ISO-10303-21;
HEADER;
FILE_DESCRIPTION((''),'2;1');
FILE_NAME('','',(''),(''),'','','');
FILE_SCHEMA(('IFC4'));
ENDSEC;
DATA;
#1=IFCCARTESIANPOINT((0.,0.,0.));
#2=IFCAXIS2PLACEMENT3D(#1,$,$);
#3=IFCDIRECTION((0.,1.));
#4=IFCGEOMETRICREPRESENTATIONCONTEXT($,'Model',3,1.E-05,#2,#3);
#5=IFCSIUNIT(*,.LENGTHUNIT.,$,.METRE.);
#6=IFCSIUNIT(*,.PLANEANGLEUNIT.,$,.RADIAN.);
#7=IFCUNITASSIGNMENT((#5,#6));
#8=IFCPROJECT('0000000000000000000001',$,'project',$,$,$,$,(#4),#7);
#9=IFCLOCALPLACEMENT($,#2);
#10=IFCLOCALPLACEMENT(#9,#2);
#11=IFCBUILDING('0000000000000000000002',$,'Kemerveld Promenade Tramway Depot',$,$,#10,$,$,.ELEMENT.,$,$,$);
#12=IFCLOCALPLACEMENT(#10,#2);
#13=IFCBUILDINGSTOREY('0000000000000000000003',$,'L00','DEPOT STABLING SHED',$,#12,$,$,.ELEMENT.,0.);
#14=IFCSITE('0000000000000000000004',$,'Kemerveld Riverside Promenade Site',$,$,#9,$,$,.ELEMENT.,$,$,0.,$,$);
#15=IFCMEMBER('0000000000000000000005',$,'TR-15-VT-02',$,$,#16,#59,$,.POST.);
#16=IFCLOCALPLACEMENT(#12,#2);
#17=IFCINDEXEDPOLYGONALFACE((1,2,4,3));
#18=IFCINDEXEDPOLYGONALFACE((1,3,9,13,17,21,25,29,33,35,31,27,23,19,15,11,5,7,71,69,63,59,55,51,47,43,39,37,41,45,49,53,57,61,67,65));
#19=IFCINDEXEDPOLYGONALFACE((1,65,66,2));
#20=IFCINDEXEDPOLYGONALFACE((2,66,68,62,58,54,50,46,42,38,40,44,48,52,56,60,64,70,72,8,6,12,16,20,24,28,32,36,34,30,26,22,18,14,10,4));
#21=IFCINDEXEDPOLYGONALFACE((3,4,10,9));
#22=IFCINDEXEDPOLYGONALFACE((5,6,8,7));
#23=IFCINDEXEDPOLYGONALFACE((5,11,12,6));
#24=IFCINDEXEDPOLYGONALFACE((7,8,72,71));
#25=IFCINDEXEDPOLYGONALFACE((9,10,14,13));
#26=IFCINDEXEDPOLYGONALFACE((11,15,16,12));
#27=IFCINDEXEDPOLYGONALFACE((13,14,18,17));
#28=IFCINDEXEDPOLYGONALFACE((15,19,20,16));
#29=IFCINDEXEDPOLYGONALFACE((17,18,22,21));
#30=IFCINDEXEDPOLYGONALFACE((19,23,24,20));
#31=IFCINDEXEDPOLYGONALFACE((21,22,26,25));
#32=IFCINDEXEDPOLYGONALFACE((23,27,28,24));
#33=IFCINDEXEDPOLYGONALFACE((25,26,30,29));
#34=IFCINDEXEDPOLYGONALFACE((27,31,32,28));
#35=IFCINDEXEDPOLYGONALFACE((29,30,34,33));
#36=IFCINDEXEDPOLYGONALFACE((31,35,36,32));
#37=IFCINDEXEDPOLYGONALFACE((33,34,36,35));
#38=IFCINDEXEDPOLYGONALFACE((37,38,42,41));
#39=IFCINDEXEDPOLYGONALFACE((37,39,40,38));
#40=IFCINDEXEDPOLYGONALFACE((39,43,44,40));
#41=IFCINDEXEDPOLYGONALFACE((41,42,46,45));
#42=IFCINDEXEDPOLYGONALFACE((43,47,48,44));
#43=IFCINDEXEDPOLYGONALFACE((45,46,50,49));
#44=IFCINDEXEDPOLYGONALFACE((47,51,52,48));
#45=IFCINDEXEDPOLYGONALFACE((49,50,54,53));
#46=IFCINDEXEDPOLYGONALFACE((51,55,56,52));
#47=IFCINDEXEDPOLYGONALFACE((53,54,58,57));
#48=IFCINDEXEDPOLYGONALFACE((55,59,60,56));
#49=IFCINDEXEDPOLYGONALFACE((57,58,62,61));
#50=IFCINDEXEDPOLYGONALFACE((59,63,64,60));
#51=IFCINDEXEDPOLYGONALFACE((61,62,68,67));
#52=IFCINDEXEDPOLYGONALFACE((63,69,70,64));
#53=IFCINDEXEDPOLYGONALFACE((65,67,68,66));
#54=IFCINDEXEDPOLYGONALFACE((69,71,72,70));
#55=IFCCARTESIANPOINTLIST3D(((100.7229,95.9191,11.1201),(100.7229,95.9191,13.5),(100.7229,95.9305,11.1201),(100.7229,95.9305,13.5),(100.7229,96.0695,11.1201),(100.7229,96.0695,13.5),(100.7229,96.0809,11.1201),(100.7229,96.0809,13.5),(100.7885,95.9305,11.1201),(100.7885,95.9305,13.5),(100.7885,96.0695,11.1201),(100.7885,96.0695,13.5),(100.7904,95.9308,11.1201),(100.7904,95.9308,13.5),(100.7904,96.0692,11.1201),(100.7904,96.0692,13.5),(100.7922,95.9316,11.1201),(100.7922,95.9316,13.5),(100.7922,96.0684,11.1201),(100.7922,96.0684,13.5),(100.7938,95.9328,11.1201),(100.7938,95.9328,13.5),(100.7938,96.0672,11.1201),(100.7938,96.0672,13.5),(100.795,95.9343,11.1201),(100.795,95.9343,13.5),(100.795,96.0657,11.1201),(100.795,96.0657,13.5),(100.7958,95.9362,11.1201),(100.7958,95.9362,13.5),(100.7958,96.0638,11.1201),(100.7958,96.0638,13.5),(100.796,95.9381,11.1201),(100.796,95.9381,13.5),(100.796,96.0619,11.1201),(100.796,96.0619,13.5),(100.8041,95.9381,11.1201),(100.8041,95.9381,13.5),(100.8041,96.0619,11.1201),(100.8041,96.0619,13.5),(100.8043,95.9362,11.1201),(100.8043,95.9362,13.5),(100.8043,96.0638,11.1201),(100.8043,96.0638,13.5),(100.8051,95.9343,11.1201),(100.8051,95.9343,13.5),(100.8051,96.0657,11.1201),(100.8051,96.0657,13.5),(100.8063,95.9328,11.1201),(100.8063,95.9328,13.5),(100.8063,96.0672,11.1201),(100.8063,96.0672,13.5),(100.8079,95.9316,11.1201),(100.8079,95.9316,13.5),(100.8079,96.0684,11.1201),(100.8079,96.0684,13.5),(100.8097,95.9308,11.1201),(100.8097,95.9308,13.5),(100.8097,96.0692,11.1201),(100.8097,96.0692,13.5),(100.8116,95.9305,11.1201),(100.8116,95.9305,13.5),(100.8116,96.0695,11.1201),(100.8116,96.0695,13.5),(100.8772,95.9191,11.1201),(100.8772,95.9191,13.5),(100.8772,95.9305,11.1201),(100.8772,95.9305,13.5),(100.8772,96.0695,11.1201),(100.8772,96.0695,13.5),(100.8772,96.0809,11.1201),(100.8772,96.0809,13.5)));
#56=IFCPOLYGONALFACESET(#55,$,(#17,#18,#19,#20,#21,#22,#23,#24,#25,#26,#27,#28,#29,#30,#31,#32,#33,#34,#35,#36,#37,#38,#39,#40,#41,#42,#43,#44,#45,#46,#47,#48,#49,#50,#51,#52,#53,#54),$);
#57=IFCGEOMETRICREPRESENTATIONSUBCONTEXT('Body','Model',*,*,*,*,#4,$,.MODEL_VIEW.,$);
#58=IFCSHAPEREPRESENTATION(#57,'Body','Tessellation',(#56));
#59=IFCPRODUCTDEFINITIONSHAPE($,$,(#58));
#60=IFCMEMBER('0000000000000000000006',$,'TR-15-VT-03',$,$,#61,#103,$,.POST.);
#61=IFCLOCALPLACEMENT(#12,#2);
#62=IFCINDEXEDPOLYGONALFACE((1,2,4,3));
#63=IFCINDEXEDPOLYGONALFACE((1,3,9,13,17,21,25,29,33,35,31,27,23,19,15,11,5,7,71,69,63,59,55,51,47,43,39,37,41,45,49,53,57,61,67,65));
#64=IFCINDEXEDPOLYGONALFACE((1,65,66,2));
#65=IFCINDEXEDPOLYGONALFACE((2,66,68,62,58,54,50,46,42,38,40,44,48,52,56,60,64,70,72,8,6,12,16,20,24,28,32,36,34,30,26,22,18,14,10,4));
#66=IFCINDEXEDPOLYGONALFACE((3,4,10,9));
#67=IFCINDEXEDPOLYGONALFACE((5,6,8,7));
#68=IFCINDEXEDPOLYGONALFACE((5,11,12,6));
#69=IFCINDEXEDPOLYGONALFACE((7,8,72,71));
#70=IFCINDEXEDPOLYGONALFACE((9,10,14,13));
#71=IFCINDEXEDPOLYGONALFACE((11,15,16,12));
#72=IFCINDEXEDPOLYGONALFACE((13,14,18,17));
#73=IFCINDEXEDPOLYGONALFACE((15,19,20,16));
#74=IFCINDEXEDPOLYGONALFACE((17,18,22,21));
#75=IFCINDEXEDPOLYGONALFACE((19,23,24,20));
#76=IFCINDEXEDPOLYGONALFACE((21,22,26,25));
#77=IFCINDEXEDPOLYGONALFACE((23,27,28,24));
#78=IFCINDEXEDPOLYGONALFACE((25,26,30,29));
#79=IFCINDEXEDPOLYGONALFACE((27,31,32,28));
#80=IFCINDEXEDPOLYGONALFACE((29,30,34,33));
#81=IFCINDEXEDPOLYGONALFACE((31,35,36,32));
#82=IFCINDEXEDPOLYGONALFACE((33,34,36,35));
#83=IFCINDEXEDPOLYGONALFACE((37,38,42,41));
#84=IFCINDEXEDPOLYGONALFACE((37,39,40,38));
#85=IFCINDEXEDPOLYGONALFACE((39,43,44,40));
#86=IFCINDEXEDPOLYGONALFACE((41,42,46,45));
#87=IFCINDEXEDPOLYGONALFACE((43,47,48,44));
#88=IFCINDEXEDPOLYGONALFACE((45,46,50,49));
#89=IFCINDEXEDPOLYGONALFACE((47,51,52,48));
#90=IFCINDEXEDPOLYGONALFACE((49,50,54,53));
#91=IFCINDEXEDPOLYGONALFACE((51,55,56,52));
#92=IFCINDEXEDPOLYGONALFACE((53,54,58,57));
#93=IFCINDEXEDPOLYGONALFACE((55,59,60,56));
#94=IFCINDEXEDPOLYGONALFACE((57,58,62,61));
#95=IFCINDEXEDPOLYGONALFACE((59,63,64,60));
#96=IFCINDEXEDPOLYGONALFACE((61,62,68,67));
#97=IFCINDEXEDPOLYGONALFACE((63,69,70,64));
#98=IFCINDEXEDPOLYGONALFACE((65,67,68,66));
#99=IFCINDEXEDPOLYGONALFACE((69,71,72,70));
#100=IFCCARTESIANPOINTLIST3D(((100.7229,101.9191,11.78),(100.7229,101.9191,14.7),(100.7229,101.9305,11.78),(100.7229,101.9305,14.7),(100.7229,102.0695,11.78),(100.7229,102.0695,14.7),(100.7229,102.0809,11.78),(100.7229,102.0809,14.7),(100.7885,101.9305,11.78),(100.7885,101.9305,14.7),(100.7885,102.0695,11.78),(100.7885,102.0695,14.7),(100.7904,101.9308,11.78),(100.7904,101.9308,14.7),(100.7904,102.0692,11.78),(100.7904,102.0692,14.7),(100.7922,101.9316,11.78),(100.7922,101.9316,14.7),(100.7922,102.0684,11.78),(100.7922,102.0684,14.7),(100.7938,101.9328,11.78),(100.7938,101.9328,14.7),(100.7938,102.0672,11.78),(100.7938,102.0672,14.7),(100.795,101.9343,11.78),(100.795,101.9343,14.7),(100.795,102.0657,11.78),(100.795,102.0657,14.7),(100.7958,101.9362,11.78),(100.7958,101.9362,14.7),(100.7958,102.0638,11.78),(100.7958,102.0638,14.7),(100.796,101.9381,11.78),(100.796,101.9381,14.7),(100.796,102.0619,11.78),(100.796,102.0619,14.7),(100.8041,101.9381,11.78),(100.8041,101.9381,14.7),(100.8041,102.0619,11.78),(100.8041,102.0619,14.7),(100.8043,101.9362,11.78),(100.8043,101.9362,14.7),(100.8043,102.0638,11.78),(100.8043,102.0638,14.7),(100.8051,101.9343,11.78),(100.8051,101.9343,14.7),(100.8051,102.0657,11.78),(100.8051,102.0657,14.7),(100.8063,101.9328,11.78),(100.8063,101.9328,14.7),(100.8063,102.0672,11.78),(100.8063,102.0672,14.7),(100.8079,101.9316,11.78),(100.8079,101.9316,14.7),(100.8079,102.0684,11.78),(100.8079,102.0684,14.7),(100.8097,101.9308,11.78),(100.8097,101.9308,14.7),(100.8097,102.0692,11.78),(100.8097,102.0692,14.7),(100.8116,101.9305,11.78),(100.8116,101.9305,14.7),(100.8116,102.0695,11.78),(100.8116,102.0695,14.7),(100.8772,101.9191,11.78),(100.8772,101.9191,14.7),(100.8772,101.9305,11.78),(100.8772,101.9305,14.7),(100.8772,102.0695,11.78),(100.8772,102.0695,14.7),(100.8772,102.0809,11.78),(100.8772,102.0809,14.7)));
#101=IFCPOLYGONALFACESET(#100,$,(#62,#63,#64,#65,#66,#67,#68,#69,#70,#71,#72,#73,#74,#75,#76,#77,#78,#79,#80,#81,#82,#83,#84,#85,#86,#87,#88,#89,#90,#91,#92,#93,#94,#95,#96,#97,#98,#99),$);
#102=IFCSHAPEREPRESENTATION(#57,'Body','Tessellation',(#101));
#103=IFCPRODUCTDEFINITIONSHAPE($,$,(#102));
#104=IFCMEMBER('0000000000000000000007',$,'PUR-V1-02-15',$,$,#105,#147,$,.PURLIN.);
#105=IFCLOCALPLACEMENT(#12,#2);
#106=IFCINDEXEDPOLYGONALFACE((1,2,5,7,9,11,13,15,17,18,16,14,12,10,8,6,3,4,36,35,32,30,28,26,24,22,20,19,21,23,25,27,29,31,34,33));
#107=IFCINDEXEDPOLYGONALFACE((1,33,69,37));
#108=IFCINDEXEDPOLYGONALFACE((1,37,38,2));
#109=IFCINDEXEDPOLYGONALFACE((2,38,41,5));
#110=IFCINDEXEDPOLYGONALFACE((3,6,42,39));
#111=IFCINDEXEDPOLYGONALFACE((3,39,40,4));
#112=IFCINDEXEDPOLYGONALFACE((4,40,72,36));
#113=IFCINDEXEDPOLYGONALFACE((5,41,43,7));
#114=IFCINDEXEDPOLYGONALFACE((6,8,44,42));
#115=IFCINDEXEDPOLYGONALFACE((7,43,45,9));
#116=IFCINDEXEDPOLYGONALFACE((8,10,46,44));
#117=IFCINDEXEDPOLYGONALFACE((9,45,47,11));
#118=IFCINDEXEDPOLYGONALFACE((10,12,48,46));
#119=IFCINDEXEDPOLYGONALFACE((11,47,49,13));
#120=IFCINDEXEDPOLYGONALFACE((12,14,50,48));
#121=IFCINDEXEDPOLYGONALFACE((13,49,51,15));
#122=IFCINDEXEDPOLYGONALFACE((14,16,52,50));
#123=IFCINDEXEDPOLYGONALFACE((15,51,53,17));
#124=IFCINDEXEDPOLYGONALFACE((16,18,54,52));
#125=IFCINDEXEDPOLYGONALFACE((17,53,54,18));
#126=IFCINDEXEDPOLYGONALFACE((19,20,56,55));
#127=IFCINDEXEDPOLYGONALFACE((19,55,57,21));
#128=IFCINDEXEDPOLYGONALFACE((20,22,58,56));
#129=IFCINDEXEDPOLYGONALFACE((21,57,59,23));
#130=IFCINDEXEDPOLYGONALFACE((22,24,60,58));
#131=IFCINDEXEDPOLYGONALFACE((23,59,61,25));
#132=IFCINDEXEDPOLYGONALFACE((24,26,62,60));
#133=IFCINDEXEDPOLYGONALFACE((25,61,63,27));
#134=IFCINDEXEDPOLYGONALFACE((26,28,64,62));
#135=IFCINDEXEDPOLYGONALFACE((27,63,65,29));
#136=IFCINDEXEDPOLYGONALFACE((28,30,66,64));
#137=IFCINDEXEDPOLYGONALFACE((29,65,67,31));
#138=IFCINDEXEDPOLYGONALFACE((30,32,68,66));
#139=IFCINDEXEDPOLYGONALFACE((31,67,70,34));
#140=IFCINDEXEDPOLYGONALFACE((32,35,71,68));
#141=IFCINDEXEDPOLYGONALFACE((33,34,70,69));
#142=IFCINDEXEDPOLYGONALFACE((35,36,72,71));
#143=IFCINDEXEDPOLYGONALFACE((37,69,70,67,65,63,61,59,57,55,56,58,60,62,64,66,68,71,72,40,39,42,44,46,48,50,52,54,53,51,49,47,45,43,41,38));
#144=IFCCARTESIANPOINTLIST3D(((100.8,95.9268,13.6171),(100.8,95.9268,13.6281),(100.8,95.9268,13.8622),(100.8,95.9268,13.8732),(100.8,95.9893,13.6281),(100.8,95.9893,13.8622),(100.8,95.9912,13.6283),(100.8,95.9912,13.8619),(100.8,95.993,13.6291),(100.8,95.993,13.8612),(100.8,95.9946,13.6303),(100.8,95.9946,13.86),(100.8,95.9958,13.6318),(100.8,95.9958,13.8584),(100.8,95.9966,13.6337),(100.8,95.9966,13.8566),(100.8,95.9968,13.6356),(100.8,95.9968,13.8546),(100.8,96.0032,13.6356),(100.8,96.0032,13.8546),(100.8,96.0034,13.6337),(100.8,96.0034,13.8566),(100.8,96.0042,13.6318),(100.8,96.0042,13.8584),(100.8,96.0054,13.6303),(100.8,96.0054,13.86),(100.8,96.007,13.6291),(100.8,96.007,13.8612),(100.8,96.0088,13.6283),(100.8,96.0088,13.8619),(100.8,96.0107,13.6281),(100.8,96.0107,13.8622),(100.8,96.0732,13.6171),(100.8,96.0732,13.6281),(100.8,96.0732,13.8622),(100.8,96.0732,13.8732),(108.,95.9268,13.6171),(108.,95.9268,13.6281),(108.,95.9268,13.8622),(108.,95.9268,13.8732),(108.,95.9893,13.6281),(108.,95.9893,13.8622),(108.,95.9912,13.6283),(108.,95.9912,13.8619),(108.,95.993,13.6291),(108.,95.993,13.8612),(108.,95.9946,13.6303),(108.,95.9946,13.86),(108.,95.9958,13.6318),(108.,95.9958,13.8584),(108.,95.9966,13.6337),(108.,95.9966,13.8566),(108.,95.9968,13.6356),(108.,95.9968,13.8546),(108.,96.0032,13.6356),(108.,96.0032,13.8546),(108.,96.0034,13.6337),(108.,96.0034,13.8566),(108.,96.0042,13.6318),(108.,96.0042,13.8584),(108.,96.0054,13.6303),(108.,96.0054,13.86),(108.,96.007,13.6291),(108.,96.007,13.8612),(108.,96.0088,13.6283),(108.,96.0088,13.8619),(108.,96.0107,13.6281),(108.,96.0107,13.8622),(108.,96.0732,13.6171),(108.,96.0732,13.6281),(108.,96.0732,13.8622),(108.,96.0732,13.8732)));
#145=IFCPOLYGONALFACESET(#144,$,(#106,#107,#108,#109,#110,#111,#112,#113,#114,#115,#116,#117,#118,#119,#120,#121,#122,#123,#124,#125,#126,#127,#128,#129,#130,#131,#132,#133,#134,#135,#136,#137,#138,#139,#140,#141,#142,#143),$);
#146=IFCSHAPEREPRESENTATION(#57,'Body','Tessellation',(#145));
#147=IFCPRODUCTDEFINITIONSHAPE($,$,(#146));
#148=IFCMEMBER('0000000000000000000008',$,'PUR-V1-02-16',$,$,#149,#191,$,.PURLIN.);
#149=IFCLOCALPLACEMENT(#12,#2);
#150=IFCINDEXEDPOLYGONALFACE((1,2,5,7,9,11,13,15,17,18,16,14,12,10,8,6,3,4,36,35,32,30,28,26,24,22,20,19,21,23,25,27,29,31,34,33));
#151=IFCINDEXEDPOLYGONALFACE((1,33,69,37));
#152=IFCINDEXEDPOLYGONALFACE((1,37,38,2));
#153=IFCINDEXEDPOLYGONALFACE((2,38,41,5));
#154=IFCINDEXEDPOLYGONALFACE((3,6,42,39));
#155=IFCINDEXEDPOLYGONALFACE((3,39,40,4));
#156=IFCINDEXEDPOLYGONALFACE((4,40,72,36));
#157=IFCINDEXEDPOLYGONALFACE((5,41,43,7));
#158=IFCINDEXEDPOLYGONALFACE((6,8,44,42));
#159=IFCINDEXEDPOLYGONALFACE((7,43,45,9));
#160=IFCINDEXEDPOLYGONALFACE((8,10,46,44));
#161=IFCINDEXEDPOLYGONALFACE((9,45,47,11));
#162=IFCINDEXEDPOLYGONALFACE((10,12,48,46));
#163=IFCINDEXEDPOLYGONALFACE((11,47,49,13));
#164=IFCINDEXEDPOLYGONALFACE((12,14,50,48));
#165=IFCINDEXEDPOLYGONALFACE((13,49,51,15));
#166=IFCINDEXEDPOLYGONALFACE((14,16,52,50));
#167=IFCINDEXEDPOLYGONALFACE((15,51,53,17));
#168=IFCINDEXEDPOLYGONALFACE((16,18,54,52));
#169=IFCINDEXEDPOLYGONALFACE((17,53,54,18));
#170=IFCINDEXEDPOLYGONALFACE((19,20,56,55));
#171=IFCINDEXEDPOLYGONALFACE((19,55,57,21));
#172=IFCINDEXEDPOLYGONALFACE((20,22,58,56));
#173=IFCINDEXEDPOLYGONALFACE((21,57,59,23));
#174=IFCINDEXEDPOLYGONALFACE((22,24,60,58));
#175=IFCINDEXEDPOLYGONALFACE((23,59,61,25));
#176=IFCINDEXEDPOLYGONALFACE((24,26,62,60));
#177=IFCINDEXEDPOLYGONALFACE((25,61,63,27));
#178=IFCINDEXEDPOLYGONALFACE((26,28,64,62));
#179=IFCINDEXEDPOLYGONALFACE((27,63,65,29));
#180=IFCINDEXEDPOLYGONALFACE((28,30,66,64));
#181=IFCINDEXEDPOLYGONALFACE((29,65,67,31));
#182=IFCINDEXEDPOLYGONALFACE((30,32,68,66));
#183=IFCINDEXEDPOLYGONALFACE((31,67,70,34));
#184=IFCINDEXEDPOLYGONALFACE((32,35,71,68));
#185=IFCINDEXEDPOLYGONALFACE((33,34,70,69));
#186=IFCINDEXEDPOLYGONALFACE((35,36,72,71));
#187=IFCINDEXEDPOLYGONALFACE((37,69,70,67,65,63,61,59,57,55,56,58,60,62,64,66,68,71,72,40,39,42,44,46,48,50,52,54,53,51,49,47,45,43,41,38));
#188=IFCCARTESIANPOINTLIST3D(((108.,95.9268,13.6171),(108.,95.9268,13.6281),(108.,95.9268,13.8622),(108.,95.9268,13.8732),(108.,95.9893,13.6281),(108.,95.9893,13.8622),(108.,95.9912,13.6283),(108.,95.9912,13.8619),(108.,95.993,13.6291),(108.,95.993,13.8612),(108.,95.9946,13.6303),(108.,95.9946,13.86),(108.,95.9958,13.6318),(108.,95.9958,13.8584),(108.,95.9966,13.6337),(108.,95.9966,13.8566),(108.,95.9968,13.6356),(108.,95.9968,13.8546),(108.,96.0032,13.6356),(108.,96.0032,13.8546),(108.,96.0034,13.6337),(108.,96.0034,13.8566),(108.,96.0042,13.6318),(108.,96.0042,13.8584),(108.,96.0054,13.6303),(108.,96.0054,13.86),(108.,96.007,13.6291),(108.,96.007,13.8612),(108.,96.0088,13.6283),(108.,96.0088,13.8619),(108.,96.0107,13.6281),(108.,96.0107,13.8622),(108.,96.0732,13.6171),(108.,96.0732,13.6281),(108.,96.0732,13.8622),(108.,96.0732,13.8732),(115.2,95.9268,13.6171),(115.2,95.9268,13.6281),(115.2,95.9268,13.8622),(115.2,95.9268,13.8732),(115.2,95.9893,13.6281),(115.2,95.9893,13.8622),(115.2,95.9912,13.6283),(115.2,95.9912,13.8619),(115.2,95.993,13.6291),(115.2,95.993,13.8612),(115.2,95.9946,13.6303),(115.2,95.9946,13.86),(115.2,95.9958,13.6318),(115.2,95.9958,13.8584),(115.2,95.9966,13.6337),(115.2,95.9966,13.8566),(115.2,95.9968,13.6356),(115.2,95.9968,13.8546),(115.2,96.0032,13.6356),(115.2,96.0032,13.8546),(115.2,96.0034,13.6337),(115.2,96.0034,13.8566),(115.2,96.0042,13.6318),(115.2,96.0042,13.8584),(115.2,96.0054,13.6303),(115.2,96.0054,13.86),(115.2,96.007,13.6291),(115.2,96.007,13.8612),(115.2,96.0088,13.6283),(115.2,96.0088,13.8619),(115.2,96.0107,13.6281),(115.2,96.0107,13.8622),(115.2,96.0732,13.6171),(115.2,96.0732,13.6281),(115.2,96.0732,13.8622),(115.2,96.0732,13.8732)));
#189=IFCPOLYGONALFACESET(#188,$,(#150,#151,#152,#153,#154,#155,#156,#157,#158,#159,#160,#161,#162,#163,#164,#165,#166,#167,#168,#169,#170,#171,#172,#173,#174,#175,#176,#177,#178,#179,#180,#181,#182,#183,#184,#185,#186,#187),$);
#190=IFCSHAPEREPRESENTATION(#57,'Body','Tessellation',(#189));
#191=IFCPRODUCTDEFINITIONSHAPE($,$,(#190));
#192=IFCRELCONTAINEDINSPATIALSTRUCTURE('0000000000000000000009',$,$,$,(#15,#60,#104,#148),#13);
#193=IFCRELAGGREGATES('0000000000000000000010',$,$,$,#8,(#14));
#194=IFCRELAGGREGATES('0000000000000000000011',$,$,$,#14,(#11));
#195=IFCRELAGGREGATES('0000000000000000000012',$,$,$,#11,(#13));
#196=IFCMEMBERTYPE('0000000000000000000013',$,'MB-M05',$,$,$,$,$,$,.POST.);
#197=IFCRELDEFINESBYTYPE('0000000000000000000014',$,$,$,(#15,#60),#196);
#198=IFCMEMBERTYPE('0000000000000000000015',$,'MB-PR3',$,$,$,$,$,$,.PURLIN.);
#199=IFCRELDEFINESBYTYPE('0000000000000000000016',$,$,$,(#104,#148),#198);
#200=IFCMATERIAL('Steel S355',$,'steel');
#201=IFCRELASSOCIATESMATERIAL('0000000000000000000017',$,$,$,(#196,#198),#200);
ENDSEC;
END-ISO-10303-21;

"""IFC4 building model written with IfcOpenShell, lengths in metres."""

from ifc_helpers import new_model, si_unit, direction, frame, origin, origin_2d, place, context, subcontext, project, spatial, i_section, extrude, material, material_profile, profile_set, type_object, element, save


model = new_model("IFC4")

# Units and contexts
model_context = context("Model", 3, precision=1e-05, world=origin(), true_north=direction((0.0, 1.0)))
body_context = subcontext(model_context, "Body", "Model", "MODEL_VIEW")
ifc_project = project(units=[si_unit("LENGTHUNIT", "METRE"), si_unit("PLANEANGLEUNIT", "RADIAN")], contexts=[model_context])

# Site, building, storey
site_placement = place(None, origin())
site = spatial("IfcSite", under=ifc_project, at=site_placement, Name="Kemerveld Riverside Promenade Site", CompositionType="ELEMENT", RefElevation=0.0)
building_placement = place(site_placement, origin())
building = spatial("IfcBuilding", under=site, at=building_placement, Name="Kemerveld Promenade Tramway Depot", CompositionType="ELEMENT")
storey_placement = place(building_placement, origin())
storey = spatial("IfcBuildingStorey", under=building, at=storey_placement, Name="L00", Description="DEPOT STABLING SHED", CompositionType="ELEMENT", Elevation=0.0)

# Members
ifc_material_1 = material(Name="Steel S355", Category="steel")
ifc_material_profile_1 = material_profile(ifc_material_1, i_section(OverallWidth=0.1543, OverallDepth=0.1619, WebThickness=0.0081, FlangeThickness=0.0115, FilletRadius=0.0076, at=origin_2d()), Name="152x152x37 UC")
ifc_profile_set_1 = profile_set([ifc_material_profile_1], Name="Steel S355")
member_type_1 = type_object("IfcMemberType", Name="MB-M05", PredefinedType="POST", material=ifc_profile_set_1)
member_1_placement = place(storey_placement, frame((100.8, 96.0, 11.1201), z_axis=(0.0, 0.0, 1.0), x_axis=(1.0, 0.0, 0.0)))
element("IfcMember", 1, at=member_1_placement, inside=storey, type_object=member_type_1, Name="TR-15-VT-02", PredefinedType="POST", context=body_context, shape_type="SweptSolid", body=[
    extrude(i_section(OverallWidth=0.1543, OverallDepth=0.1619, WebThickness=0.0081, FlangeThickness=0.0115, FilletRadius=0.0076, at=origin_2d()), origin(), (0.0, 0.0, 1.0), 2.3799),
])
member_2_placement = place(storey_placement, frame((100.8, 102.0, 11.78), z_axis=(0.0, 0.0, 1.0), x_axis=(1.0, 0.0, 0.0)))
element("IfcMember", 2, at=member_2_placement, inside=storey, type_object=member_type_1, Name="TR-15-VT-03", PredefinedType="POST", context=body_context, shape_type="SweptSolid", body=[
    extrude(i_section(OverallWidth=0.1543, OverallDepth=0.1619, WebThickness=0.0081, FlangeThickness=0.0115, FilletRadius=0.0076, at=origin_2d()), origin(), (0.0, 0.0, 1.0), 2.9199),
])
ifc_material_profile_2 = material_profile(ifc_material_1, i_section(OverallWidth=0.1465, OverallDepth=0.2561, WebThickness=0.0063, FlangeThickness=0.011, FilletRadius=0.0076, at=origin_2d()), Name="254x146x37 UB")
ifc_profile_set_2 = profile_set([ifc_material_profile_2], Name="Steel S355")
member_type_2 = type_object("IfcMemberType", Name="MB-PR3", PredefinedType="PURLIN", material=ifc_profile_set_2)
for number, where, z_axis, x_axis, name in (
    (3, (100.8, 96.0, 13.7451), (1.0, 0.0, 0.0), (0.0, 1.0, 0.0), "PUR-V1-02-15"),
    (4, (108.0, 96.0, 13.7451), (1.0, 0.0, 0.0), (0.0, 1.0, 0.0), "PUR-V1-02-16"),
):
    element("IfcMember", number, at=place(storey_placement, frame(where, z_axis=z_axis, x_axis=x_axis)), inside=storey, type_object=member_type_2, Name=name, PredefinedType="PURLIN", context=body_context, shape_type="SweptSolid", body=[
        extrude(i_section(OverallWidth=0.1465, OverallDepth=0.2561, WebThickness=0.0063, FlangeThickness=0.011, FilletRadius=0.0076, at=origin_2d()), origin(), (0.0, 0.0, 1.0), 7.2),
    ])

save(model, "model.ifc")
